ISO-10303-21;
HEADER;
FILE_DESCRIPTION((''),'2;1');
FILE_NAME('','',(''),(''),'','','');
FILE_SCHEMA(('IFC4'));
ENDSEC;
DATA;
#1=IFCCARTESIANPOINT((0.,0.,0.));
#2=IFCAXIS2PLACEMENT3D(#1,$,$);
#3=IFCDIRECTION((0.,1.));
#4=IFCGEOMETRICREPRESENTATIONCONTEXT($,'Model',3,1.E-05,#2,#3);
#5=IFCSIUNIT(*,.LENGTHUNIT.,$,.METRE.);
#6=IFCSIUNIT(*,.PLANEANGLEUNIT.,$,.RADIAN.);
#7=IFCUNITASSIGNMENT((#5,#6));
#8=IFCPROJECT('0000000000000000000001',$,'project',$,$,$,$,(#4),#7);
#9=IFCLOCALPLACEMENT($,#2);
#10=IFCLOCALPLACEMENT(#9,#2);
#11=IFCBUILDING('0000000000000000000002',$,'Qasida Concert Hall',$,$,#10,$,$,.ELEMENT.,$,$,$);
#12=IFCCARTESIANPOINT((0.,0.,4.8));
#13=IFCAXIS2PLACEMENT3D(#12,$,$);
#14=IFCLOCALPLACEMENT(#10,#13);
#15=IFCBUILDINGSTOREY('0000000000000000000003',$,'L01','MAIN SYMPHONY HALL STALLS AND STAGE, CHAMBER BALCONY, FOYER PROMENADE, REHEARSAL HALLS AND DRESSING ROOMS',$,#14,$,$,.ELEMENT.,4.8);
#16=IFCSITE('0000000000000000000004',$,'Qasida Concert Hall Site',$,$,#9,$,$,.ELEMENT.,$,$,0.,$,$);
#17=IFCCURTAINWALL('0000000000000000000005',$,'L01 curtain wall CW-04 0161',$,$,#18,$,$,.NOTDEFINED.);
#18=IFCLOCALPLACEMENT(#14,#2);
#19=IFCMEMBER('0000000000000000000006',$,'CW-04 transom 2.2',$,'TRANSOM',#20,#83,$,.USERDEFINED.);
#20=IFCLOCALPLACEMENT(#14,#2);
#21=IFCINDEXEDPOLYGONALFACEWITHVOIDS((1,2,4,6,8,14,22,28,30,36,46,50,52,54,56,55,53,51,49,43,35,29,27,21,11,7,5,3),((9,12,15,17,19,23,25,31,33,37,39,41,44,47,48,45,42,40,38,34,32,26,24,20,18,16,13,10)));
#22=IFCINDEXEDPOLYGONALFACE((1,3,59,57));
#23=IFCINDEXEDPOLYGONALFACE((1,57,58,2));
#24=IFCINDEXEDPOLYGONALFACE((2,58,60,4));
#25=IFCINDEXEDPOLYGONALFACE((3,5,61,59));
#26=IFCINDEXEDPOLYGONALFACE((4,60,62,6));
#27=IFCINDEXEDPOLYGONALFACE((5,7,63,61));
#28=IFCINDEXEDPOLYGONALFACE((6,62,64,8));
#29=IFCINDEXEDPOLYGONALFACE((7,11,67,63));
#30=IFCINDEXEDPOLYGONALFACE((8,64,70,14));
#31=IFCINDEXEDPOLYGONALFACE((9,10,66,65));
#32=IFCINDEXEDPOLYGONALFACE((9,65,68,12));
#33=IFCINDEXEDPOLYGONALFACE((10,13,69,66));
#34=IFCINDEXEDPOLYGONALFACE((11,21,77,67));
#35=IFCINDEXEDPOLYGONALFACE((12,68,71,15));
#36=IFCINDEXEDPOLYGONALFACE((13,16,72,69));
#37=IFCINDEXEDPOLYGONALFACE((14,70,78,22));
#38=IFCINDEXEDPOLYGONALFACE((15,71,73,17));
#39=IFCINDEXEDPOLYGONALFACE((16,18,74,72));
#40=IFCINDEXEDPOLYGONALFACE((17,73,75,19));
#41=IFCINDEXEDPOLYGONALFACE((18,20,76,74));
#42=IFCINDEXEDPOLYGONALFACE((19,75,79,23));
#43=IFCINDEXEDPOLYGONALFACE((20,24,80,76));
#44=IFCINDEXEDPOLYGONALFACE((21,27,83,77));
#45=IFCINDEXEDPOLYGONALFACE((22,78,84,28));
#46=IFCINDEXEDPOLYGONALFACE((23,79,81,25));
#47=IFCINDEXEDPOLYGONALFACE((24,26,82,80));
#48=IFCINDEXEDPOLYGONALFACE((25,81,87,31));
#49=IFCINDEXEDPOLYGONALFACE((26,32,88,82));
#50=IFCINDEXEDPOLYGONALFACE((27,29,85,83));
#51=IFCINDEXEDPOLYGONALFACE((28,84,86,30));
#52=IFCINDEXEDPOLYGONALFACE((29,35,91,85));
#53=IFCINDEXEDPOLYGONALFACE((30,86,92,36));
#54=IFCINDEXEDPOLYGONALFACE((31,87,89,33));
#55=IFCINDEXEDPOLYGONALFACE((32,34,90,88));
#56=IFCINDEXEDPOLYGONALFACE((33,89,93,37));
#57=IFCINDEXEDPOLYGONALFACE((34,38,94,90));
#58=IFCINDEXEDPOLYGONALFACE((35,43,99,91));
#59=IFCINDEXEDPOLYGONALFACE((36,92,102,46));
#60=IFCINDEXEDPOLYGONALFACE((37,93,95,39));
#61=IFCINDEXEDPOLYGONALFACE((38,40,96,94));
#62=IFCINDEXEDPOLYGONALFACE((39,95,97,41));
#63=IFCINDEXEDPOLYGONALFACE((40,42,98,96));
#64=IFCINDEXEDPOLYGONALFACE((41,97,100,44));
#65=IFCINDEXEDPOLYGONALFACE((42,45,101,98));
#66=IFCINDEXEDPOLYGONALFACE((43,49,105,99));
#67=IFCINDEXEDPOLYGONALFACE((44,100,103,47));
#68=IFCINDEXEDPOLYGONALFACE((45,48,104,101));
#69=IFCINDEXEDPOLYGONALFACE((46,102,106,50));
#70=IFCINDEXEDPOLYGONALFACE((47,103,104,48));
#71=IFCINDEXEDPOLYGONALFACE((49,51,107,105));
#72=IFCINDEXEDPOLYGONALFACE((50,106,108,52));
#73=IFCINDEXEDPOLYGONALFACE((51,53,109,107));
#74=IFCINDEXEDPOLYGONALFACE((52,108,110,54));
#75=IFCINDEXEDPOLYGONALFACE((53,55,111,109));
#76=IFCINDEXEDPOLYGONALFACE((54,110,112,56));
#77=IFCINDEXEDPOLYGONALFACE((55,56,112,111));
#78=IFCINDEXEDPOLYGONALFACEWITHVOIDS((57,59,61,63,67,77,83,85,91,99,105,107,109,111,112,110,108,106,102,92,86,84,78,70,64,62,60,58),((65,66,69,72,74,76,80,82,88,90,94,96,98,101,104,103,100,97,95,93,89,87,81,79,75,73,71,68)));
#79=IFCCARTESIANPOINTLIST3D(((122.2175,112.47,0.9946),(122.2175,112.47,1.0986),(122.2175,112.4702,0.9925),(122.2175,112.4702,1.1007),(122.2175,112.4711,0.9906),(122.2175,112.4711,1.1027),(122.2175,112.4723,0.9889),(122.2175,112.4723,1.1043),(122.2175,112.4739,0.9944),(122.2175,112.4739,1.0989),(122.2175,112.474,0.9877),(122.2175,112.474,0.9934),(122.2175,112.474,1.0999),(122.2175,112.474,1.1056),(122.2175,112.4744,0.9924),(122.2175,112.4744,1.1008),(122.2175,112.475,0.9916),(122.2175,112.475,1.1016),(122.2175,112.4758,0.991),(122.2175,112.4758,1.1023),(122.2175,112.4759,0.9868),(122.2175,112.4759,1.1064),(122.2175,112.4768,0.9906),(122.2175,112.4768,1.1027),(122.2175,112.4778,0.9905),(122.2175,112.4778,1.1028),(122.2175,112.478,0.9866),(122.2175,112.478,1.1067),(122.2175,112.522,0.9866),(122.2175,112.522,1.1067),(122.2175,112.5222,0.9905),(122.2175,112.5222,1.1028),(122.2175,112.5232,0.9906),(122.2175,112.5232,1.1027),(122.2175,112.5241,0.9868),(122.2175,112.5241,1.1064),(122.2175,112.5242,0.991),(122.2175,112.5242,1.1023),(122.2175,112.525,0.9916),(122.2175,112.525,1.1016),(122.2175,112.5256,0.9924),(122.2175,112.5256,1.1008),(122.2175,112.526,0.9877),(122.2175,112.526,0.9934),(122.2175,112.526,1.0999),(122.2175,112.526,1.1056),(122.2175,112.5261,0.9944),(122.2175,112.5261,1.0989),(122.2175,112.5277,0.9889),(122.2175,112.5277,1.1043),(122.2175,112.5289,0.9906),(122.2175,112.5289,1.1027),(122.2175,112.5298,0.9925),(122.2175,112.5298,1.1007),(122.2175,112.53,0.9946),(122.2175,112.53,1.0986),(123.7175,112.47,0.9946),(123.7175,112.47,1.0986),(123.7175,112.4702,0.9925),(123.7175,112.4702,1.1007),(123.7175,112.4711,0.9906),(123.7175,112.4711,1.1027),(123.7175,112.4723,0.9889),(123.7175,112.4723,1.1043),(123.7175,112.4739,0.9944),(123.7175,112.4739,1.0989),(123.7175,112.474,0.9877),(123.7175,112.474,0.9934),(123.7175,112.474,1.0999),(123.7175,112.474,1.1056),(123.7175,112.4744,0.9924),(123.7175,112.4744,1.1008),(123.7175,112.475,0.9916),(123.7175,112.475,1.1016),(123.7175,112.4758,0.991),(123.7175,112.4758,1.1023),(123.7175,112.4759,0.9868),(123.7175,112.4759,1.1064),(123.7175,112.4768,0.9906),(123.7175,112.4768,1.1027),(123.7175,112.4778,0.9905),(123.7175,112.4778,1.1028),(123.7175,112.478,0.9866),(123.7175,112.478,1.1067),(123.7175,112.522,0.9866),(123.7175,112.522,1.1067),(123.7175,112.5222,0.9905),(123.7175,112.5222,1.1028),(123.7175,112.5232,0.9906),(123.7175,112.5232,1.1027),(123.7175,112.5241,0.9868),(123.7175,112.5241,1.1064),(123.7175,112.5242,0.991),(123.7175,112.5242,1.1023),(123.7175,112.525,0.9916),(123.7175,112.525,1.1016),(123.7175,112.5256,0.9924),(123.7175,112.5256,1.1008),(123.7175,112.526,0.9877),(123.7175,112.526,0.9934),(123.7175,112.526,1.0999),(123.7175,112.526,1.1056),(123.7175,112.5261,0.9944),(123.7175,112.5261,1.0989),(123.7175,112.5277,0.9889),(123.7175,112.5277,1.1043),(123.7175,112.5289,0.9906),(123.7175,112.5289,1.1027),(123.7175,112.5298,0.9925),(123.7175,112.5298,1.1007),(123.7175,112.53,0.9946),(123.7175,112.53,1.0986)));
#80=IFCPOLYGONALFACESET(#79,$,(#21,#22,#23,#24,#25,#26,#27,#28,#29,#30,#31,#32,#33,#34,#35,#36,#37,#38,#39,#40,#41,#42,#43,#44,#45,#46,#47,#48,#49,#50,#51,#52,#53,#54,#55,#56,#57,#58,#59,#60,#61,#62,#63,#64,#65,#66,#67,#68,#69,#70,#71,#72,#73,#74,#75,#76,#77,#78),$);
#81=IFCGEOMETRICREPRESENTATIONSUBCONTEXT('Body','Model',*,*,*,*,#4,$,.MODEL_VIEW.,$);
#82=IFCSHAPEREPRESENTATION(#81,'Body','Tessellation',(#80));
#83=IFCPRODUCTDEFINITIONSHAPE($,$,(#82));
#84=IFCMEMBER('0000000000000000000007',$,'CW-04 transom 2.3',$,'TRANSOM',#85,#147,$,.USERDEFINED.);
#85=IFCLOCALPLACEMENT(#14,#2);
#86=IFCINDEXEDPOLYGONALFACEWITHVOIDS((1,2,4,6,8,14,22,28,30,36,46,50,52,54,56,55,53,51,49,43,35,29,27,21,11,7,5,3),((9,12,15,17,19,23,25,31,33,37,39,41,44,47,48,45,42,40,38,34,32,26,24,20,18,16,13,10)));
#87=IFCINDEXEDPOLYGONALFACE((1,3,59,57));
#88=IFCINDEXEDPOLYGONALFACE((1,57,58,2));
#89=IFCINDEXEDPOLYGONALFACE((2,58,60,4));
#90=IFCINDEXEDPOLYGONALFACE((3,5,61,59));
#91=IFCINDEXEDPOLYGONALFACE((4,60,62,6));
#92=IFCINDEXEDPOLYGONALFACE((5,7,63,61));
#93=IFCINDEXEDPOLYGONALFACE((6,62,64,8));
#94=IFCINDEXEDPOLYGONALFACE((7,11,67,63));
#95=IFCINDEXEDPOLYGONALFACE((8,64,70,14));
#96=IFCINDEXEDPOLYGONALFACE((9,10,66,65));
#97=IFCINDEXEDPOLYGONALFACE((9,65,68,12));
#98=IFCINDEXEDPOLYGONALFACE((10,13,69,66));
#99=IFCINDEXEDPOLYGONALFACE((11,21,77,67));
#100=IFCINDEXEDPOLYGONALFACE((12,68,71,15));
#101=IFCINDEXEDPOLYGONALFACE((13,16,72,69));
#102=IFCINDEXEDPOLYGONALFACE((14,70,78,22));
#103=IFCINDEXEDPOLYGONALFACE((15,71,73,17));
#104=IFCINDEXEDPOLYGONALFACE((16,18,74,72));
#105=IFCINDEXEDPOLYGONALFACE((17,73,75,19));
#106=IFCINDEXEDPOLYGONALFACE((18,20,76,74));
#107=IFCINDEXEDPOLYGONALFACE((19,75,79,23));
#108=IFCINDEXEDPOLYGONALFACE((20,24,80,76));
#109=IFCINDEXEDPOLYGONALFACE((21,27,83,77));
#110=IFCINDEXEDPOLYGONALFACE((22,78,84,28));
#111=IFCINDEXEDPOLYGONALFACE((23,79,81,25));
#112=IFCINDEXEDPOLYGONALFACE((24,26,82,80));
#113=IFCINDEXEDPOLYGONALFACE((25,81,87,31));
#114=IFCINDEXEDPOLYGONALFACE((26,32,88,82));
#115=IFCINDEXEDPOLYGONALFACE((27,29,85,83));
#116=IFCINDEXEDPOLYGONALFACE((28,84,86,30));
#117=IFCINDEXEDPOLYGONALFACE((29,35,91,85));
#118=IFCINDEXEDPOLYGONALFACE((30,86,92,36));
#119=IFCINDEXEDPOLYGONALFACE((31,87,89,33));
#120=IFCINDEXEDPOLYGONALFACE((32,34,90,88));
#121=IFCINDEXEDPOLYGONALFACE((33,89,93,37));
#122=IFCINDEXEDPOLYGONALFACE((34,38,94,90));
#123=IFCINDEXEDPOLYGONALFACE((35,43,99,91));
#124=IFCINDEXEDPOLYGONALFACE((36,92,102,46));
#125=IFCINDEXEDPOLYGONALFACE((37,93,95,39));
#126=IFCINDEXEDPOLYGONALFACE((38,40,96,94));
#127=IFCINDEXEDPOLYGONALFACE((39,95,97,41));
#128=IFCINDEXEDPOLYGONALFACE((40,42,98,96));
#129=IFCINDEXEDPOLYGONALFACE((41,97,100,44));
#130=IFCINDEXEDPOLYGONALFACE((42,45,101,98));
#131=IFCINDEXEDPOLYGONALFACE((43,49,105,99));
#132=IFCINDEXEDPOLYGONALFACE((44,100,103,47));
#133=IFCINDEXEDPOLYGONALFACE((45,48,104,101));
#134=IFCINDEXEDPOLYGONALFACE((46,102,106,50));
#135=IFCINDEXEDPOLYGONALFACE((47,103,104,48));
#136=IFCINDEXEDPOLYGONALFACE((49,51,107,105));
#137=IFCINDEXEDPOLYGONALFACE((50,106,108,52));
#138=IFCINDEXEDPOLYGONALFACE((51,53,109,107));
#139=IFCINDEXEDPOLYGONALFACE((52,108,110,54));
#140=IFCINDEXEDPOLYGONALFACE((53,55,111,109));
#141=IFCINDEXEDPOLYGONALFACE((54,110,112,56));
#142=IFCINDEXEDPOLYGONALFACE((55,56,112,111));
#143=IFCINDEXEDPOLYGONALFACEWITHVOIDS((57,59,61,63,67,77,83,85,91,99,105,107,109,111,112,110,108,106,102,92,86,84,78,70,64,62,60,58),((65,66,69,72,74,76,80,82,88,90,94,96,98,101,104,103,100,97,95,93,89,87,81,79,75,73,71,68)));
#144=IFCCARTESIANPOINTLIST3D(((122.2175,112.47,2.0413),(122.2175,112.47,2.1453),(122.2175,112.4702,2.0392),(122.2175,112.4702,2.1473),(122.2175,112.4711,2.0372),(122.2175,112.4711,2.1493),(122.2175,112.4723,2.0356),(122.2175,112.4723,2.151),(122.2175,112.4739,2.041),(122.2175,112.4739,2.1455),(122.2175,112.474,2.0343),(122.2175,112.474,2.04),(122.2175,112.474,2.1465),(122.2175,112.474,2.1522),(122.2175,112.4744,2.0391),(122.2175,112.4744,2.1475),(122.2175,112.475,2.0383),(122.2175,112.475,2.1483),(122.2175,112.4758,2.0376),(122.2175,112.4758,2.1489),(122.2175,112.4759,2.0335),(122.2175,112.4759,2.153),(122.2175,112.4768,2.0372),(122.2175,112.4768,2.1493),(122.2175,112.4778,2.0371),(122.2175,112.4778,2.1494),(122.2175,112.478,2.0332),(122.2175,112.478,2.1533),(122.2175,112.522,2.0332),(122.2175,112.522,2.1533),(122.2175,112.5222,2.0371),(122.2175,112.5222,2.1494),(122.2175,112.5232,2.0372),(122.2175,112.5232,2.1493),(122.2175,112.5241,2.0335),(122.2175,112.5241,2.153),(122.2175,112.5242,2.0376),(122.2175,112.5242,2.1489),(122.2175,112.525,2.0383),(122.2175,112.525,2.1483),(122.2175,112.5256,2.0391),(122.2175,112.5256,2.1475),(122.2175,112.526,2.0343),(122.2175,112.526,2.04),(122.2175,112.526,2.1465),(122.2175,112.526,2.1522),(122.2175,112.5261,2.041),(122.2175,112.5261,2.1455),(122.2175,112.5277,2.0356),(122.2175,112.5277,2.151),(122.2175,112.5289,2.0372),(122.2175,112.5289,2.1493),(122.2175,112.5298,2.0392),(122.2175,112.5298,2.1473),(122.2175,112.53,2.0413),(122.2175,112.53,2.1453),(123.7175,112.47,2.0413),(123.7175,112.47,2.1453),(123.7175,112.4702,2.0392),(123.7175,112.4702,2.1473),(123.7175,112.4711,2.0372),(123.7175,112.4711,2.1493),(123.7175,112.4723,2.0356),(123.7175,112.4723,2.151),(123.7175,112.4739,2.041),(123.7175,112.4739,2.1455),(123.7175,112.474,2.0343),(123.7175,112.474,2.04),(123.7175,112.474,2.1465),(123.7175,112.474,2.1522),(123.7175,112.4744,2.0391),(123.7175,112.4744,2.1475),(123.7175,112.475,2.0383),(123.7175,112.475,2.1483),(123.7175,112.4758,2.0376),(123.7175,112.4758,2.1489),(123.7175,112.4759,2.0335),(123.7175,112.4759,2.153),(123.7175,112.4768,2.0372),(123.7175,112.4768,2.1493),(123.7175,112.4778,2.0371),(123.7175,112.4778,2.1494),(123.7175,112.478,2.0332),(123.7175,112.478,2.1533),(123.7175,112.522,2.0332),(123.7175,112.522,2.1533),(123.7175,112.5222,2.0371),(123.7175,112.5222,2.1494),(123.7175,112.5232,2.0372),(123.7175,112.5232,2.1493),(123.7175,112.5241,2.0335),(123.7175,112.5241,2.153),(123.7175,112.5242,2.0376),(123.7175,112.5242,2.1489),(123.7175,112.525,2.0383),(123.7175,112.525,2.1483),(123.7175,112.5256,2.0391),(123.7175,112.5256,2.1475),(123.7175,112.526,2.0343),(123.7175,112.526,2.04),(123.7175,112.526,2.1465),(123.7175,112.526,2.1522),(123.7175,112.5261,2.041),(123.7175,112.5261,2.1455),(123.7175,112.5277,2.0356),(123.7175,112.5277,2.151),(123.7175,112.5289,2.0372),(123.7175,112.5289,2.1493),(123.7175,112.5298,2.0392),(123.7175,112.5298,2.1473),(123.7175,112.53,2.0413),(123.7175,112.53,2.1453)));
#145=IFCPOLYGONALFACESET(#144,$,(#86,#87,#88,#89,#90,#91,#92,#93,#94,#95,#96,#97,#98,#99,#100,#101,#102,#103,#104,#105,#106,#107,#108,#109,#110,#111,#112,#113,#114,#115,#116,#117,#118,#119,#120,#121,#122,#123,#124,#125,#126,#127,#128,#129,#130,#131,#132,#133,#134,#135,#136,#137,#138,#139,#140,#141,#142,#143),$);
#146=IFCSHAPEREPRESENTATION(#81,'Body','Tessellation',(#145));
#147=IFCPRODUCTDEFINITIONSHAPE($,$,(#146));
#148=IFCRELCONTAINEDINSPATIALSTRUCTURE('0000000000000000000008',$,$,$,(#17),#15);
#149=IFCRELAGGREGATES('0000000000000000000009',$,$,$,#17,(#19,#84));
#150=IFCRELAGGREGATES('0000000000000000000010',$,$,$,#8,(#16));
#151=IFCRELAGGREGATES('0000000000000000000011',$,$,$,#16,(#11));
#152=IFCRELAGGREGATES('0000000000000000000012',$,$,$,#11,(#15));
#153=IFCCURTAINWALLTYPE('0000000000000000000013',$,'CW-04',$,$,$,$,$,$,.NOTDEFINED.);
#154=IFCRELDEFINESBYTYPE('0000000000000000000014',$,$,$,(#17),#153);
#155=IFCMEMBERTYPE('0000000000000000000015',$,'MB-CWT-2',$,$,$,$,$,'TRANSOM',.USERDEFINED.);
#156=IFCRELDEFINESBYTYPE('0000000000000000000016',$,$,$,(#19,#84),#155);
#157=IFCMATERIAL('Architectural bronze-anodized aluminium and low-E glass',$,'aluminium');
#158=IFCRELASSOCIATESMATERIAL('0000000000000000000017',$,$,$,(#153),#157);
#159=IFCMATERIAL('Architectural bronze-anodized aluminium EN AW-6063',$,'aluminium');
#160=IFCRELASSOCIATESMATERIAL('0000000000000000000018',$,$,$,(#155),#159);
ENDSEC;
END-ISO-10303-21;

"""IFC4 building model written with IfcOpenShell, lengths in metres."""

from ifc_helpers import new_model, si_unit, direction, frame, origin, origin_2d, place, context, subcontext, project, spatial, hollow_rectangle, extrude, material, material_profile, profile_set, type_object, element, aggregate, save


model = new_model("IFC4")

# Units and contexts
model_context = context("Model", 3, precision=1e-05, world=origin(), true_north=direction((0.0, 1.0)))
body_context = subcontext(model_context, "Body", "Model", "MODEL_VIEW")
ifc_project = project(units=[si_unit("LENGTHUNIT", "METRE"), si_unit("PLANEANGLEUNIT", "RADIAN")], contexts=[model_context])

# Site, building, storey
site_placement = place(None, origin())
site = spatial("IfcSite", under=ifc_project, at=site_placement, Name="Qasida Concert Hall Site", CompositionType="ELEMENT", RefElevation=0.0)
building_placement = place(site_placement, origin())
building = spatial("IfcBuilding", under=site, at=building_placement, Name="Qasida Concert Hall", CompositionType="ELEMENT")
storey_placement = place(building_placement, frame((0.0, 0.0, 4.8)))
storey = spatial("IfcBuildingStorey", under=building, at=storey_placement, Name="L01", Description="MAIN SYMPHONY HALL STALLS AND STAGE, CHAMBER BALCONY, FOYER PROMENADE, REHEARSAL HALLS AND DRESSING ROOMS", CompositionType="ELEMENT", Elevation=4.8)

# Curtain wall, members
ifc_material_1 = material(Name="Architectural bronze-anodized aluminium and low-E glass", Category="aluminium")
curtain_wall_type = type_object("IfcCurtainWallType", Name="CW-04", PredefinedType="NOTDEFINED", material=ifc_material_1)
curtain_wall_placement = place(storey_placement, origin())
curtain_wall = element("IfcCurtainWall", 1, at=curtain_wall_placement, inside=storey, type_object=curtain_wall_type, Name="L01 curtain wall CW-04 0161", PredefinedType="NOTDEFINED")
ifc_material_2 = material(Name="Architectural bronze-anodized aluminium EN AW-6063", Category="aluminium")
ifc_material_profile_1 = material_profile(ifc_material_2, hollow_rectangle(XDim=0.0601, YDim=0.1201, WallThickness=0.0039, InnerFilletRadius=0.0039, OuterFilletRadius=0.0081, at=origin_2d()), Name="CWT 120x60x4")
ifc_profile_set_1 = profile_set([ifc_material_profile_1], Name="Architectural bronze-anodized aluminium EN AW-6063")
member_type_1 = type_object("IfcMemberType", Name="MB-CWT-2", ElementType="TRANSOM", PredefinedType="USERDEFINED", material=ifc_profile_set_1)
member_1_placement = place(storey_placement, frame((122.2175, 112.5, 1.0466), z_axis=(1.0, 0.0, 0.0), x_axis=(0.0, 1.0, 0.0)))
member_1 = element("IfcMember", 2, at=member_1_placement, type_object=member_type_1, Name="CW-04 transom 2.2", ObjectType="TRANSOM", PredefinedType="USERDEFINED", context=body_context, shape_type="SweptSolid", body=[
    extrude(hollow_rectangle(XDim=0.0601, YDim=0.1201, WallThickness=0.0039, InnerFilletRadius=0.0039, OuterFilletRadius=0.0081, at=origin_2d()), origin(), (0.0, 0.0, 1.0), 1.5),
])
member_2_placement = place(storey_placement, frame((122.2175, 112.5, 2.0933), z_axis=(1.0, 0.0, 0.0), x_axis=(0.0, 1.0, 0.0)))
member_2 = element("IfcMember", 3, at=member_2_placement, type_object=member_type_1, Name="CW-04 transom 2.3", ObjectType="TRANSOM", PredefinedType="USERDEFINED", context=body_context, shape_type="SweptSolid", body=[
    extrude(hollow_rectangle(XDim=0.0601, YDim=0.1201, WallThickness=0.0039, InnerFilletRadius=0.0039, OuterFilletRadius=0.0081, at=origin_2d()), origin(), (0.0, 0.0, 1.0), 1.5),
])
aggregate(curtain_wall, [member_1, member_2])

save(model, "model.ifc")
